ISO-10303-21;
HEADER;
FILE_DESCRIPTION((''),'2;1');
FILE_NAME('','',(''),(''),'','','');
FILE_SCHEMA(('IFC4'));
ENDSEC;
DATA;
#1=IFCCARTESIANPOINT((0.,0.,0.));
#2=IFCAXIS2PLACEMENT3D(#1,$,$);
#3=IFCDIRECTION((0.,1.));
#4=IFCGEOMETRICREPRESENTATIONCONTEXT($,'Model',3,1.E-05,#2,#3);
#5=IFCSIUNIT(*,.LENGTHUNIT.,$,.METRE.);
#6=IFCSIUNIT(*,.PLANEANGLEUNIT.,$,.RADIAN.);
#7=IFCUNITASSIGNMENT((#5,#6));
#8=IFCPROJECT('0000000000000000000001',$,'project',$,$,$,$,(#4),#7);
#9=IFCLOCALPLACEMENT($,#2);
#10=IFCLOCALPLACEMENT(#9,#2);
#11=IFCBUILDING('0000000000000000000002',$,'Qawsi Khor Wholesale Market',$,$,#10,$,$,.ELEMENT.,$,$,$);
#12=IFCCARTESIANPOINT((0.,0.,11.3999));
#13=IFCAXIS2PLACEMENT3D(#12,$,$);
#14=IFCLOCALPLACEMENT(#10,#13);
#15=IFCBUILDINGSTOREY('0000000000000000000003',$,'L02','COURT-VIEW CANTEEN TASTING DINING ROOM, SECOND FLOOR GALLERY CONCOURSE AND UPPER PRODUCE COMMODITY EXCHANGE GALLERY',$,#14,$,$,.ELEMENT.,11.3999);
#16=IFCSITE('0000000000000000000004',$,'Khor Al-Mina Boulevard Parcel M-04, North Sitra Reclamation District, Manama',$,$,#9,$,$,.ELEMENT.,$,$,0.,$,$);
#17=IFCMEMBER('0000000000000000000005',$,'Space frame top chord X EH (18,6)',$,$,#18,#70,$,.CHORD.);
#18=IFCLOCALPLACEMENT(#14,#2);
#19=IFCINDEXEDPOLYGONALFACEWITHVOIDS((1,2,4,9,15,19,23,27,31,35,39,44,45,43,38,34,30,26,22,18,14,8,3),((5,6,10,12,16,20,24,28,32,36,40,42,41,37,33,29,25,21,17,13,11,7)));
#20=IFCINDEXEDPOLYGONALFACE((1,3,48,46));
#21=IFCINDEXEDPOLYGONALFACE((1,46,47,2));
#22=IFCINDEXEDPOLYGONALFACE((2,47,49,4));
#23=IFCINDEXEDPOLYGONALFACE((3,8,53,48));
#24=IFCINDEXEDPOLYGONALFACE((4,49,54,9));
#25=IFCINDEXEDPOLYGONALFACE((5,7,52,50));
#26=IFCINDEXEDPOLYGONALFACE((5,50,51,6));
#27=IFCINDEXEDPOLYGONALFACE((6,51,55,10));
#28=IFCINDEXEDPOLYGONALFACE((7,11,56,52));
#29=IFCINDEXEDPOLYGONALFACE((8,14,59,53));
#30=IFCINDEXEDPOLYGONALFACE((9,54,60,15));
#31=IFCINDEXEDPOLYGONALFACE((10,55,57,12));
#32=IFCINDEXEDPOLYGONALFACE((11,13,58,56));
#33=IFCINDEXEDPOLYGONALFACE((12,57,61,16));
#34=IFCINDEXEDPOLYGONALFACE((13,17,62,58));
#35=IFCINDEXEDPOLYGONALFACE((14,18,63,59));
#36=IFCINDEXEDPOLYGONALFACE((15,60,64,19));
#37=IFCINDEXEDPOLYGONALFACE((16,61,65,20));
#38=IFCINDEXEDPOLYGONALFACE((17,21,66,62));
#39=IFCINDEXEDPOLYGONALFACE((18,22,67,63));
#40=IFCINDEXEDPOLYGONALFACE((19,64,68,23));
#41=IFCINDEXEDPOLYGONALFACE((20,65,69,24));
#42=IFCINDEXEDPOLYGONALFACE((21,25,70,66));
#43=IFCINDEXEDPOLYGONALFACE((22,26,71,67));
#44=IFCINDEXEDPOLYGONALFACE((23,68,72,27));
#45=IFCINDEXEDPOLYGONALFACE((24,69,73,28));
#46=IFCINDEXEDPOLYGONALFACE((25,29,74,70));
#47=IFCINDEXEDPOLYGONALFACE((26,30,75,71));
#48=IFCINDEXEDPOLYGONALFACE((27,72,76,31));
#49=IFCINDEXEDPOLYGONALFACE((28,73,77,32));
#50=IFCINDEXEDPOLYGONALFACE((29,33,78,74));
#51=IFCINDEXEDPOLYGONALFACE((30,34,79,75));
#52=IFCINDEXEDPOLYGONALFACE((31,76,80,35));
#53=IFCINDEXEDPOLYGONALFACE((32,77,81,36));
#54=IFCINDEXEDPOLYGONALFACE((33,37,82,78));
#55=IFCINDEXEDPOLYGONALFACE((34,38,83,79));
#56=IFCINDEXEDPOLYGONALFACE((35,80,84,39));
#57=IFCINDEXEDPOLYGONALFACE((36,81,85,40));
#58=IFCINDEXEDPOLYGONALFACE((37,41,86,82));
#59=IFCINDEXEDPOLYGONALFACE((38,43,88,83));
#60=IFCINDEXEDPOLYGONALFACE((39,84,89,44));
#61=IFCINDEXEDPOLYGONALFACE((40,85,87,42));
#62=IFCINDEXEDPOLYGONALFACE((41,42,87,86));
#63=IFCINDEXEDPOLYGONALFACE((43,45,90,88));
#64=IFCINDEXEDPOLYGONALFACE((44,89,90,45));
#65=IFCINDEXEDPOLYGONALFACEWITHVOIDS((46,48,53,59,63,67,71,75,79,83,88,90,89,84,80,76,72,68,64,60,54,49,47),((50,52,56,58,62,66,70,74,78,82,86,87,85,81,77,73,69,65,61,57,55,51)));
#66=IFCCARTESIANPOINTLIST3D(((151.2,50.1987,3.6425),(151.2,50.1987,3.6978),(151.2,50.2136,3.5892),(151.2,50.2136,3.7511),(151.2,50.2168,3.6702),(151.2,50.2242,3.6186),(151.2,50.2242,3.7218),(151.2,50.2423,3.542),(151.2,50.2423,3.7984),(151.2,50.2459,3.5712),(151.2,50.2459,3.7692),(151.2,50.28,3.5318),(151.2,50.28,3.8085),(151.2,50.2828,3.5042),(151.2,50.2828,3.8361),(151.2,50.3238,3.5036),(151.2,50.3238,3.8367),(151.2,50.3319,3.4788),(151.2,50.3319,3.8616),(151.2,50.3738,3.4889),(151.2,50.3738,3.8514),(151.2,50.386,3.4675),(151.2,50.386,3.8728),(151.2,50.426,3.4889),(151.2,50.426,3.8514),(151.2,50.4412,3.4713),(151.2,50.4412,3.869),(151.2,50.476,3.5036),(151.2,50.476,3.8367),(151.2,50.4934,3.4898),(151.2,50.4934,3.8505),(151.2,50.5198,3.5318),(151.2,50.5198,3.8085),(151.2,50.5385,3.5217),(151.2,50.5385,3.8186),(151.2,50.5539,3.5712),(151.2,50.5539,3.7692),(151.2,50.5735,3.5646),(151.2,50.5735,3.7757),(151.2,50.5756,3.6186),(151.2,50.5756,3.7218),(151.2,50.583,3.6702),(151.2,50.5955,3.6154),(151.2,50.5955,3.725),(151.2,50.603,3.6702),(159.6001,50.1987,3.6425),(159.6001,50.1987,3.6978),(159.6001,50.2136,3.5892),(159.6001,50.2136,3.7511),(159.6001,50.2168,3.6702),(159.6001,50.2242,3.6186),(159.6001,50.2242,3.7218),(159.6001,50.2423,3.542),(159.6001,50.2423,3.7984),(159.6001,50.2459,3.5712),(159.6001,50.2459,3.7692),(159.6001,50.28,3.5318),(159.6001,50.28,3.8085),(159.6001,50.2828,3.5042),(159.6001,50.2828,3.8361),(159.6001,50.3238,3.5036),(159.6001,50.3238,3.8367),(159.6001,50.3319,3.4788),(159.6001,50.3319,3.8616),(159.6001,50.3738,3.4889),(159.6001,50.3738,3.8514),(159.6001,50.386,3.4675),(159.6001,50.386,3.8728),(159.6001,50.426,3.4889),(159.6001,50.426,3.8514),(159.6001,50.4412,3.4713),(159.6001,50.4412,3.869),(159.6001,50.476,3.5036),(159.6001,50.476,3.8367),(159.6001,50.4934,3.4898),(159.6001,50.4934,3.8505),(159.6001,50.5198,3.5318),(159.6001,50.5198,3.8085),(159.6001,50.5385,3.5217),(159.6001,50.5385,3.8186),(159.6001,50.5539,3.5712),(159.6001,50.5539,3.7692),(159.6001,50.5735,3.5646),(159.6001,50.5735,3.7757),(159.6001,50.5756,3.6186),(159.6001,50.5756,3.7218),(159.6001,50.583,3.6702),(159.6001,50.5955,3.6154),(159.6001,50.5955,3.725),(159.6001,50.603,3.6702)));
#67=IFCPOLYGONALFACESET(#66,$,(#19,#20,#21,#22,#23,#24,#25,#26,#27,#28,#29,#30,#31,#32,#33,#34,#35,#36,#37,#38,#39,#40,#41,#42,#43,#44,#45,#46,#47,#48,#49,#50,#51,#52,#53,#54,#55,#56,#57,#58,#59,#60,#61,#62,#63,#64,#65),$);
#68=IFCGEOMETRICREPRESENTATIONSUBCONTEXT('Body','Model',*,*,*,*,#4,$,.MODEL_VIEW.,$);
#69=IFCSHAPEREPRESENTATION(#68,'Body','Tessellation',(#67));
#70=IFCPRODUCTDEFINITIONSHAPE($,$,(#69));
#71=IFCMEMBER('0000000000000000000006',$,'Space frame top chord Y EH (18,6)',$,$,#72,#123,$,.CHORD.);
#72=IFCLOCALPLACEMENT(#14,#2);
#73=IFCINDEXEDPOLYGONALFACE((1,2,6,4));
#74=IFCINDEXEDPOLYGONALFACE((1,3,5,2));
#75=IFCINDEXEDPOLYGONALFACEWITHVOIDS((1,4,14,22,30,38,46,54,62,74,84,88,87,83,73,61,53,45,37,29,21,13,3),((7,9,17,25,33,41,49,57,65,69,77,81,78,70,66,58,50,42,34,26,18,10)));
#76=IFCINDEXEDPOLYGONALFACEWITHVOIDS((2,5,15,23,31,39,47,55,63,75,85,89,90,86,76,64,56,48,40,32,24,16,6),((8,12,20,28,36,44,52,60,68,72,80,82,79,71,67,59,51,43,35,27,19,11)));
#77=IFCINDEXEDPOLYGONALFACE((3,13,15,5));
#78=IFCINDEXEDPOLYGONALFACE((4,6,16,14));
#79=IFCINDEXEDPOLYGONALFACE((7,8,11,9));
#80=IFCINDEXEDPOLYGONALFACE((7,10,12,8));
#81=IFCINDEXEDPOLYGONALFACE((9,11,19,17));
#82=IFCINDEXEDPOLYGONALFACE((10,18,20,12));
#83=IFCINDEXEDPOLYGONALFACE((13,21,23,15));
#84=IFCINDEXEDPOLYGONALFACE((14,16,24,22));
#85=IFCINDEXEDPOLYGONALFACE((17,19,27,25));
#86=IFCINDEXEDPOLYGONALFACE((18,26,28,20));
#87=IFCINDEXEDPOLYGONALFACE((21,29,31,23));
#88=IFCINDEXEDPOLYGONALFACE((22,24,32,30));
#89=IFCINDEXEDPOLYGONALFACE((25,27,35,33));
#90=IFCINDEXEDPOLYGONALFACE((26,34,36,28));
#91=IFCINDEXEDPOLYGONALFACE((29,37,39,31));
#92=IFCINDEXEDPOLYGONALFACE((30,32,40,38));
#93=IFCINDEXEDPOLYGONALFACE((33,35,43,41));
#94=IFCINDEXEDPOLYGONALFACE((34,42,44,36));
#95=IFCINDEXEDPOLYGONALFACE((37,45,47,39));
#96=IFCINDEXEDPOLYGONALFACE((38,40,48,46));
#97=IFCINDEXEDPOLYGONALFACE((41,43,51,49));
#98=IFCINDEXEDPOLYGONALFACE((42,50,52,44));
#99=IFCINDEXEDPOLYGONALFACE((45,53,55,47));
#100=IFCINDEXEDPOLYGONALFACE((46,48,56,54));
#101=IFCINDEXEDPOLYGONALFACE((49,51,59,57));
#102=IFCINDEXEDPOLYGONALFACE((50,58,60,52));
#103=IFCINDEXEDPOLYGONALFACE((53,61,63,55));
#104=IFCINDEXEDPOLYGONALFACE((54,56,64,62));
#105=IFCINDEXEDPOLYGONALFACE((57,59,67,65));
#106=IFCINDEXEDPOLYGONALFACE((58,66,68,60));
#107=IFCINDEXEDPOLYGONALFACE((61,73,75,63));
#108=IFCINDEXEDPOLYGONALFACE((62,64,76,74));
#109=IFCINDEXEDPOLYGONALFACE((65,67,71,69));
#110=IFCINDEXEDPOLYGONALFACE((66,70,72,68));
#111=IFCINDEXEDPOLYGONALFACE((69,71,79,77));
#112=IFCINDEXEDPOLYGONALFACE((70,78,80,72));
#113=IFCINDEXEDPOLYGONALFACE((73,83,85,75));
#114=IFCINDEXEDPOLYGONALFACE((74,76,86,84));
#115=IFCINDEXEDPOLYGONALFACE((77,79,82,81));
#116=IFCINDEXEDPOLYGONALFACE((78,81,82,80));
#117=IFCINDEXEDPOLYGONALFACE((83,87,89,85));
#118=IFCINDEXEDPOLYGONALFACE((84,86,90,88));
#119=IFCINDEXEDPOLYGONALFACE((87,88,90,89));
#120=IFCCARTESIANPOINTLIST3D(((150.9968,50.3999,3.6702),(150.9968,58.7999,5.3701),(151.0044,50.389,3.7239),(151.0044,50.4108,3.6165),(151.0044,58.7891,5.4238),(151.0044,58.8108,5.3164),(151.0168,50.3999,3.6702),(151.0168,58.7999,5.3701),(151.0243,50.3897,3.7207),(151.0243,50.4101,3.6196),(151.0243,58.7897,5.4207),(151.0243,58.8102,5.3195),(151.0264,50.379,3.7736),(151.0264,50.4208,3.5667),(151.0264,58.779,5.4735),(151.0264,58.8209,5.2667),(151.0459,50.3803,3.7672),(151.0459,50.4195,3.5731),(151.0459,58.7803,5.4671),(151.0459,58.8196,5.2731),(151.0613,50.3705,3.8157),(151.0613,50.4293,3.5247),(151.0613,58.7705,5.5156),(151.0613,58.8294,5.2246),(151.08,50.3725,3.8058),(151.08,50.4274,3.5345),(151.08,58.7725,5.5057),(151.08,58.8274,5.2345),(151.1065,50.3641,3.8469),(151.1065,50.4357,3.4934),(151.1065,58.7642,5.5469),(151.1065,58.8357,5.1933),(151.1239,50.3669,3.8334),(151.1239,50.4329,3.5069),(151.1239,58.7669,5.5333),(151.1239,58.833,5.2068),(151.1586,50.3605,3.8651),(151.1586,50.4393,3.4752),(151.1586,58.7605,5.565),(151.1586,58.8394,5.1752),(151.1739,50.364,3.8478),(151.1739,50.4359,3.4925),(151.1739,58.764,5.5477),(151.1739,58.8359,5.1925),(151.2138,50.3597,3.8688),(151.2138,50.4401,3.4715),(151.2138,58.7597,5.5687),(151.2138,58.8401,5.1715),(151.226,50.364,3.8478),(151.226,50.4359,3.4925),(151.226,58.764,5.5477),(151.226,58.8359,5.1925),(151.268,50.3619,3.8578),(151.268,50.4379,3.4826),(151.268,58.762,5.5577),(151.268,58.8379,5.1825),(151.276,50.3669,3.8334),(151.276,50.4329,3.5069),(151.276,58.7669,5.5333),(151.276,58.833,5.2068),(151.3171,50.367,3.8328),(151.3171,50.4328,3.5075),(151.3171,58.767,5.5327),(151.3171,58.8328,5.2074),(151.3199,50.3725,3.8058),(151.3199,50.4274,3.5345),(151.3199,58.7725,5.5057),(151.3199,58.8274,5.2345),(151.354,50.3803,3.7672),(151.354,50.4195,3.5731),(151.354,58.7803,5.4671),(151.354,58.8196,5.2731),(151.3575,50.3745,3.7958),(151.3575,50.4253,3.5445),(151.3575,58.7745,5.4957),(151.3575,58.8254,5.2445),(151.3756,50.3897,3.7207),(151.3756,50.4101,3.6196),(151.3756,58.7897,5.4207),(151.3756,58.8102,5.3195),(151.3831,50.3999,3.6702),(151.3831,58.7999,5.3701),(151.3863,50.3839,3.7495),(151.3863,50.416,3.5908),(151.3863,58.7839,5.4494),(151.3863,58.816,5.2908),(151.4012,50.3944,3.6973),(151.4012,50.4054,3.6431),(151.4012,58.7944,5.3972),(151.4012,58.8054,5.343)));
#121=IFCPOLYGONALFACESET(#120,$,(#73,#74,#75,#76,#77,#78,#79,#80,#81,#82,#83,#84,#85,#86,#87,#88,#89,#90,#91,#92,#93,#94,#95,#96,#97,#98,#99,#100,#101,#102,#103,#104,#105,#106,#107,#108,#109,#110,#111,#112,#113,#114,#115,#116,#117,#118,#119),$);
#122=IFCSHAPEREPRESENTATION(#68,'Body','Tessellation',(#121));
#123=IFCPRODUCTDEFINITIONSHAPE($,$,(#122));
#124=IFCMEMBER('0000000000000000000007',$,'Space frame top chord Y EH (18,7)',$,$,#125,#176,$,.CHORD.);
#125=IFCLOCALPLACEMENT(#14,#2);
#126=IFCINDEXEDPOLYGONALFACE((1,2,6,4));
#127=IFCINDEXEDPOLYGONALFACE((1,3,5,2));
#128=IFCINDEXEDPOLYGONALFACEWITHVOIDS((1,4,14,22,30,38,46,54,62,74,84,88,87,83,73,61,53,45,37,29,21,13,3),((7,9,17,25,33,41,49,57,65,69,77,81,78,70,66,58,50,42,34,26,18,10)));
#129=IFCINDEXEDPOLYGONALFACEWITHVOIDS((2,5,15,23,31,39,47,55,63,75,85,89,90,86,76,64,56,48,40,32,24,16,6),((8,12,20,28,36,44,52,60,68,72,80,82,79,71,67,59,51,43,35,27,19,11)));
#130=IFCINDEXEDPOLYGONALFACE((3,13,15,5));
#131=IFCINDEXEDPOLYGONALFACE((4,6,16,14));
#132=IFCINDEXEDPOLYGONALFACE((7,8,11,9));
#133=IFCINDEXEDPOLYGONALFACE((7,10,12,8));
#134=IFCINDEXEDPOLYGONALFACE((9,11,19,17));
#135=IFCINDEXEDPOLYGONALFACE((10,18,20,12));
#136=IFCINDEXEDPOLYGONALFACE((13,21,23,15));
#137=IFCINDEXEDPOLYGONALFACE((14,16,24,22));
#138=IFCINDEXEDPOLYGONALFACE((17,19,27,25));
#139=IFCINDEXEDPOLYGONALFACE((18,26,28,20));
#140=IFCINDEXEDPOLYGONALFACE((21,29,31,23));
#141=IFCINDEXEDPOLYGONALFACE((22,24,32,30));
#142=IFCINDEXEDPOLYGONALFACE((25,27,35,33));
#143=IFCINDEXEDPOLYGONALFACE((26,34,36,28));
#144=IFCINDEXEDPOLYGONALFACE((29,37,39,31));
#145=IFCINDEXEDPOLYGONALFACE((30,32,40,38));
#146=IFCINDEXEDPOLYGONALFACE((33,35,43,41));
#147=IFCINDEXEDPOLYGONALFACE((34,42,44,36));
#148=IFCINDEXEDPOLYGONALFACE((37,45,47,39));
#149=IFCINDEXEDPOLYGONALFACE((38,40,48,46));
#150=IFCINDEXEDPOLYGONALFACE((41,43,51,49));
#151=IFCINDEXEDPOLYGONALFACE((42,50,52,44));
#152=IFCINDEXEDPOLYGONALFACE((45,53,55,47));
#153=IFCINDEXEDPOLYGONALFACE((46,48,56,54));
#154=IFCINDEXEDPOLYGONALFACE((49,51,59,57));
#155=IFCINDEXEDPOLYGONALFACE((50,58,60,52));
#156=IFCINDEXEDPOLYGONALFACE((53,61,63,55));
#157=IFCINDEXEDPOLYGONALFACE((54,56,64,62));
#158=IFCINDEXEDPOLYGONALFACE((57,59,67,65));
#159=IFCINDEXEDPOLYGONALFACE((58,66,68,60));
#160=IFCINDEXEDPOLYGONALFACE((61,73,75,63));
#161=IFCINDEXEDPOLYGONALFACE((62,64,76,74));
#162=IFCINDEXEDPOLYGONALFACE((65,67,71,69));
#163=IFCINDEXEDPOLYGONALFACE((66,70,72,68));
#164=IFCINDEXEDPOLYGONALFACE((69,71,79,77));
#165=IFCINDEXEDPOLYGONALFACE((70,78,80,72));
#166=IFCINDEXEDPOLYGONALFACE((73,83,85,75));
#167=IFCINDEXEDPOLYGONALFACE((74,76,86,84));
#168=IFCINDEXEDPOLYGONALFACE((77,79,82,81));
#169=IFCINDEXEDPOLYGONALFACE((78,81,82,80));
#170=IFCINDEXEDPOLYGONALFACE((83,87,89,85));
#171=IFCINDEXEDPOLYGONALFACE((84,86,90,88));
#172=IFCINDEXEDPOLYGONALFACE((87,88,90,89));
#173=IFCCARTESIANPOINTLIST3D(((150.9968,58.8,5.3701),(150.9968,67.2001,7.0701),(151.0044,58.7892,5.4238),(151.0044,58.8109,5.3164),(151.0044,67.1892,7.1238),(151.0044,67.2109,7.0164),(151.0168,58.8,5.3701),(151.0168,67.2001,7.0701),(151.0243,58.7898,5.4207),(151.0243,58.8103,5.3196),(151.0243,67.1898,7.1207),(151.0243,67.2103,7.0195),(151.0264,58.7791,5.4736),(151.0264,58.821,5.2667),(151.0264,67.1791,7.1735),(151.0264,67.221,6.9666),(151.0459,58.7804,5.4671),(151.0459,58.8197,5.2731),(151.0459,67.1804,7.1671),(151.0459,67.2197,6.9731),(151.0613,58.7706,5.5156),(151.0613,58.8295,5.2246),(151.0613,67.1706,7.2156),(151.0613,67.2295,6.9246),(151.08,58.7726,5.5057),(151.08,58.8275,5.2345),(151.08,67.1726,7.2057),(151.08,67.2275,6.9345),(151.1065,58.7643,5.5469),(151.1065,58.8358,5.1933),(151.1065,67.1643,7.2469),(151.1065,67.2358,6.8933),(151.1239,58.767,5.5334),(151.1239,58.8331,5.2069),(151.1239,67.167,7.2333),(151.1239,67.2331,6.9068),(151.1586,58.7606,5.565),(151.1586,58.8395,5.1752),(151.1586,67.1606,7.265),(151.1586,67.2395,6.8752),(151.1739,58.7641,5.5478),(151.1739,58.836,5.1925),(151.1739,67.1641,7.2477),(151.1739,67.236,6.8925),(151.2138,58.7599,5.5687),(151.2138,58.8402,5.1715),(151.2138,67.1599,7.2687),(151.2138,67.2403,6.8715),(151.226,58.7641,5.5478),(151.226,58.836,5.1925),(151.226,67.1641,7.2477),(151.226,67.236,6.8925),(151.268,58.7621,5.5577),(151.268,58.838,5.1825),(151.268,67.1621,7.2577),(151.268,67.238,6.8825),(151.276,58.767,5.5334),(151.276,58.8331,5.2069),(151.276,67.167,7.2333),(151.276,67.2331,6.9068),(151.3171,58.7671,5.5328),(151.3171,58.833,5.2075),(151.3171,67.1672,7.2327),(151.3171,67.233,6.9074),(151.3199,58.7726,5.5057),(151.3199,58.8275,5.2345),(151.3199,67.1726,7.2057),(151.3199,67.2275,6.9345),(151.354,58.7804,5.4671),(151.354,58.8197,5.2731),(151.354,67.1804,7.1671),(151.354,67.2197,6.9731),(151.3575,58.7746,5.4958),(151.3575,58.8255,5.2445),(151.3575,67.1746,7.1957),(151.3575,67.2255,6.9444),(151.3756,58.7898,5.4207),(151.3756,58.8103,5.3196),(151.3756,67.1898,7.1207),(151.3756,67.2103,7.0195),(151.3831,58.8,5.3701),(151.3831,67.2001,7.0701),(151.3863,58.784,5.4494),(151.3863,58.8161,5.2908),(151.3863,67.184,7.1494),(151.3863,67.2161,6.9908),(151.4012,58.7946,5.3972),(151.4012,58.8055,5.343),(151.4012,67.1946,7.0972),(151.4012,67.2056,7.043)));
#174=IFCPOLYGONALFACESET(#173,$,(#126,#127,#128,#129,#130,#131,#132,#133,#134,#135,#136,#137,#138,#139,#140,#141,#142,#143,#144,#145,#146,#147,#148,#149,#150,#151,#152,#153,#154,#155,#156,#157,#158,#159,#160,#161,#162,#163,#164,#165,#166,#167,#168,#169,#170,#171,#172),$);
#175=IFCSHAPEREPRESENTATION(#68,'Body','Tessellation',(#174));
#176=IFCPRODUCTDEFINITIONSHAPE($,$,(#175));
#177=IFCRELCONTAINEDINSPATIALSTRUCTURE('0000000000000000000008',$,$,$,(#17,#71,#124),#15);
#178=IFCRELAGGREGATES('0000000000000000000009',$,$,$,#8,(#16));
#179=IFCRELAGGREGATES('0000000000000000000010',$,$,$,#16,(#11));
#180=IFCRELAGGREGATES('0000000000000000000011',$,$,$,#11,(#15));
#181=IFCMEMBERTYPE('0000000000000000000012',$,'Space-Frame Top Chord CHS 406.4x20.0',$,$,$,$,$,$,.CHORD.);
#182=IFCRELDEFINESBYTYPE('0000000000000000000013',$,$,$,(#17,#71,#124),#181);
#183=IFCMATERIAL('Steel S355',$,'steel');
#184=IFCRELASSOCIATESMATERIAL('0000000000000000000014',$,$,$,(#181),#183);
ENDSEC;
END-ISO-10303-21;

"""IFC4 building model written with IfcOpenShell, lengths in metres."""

from ifc_helpers import new_model, si_unit, direction, frame, origin, origin_2d, place, context, subcontext, project, spatial, hollow_circle, extrude, material, material_profile, profile_set, type_object, element, save


model = new_model("IFC4")

# Units and contexts
model_context = context("Model", 3, precision=1e-05, world=origin(), true_north=direction((0.0, 1.0)))
body_context = subcontext(model_context, "Body", "Model", "MODEL_VIEW")
ifc_project = project(units=[si_unit("LENGTHUNIT", "METRE"), si_unit("PLANEANGLEUNIT", "RADIAN")], contexts=[model_context])

# Site, building, storey
site_placement = place(None, origin())
site = spatial("IfcSite", under=ifc_project, at=site_placement, Name="Khor Al-Mina Boulevard Parcel M-04, North Sitra Reclamation District, Manama", CompositionType="ELEMENT", RefElevation=0.0)
building_placement = place(site_placement, origin())
building = spatial("IfcBuilding", under=site, at=building_placement, Name="Qawsi Khor Wholesale Market", CompositionType="ELEMENT")
storey_placement = place(building_placement, frame((0.0, 0.0, 11.3999)))
storey = spatial("IfcBuildingStorey", under=building, at=storey_placement, Name="L02", Description="COURT-VIEW CANTEEN TASTING DINING ROOM, SECOND FLOOR GALLERY CONCOURSE AND UPPER PRODUCE COMMODITY EXCHANGE GALLERY", CompositionType="ELEMENT", Elevation=11.3999)

# Members
ifc_material_1 = material(Name="Steel S355", Category="steel")
ifc_material_profile_1 = material_profile(ifc_material_1, hollow_circle(Radius=0.2031, WallThickness=0.02, at=origin_2d()), Name="CHS 406.4x20.0")
ifc_profile_set_1 = profile_set([ifc_material_profile_1], Name="Steel S355")
member_type_1 = type_object("IfcMemberType", Name="Space-Frame Top Chord CHS 406.4x20.0", PredefinedType="CHORD", material=ifc_profile_set_1)
member_1_placement = place(storey_placement, frame((151.2, 50.3999, 3.6702), z_axis=(1.0, 0.0, 0.0), x_axis=(0.0, 1.0, 0.0)))
element("IfcMember", 1, at=member_1_placement, inside=storey, type_object=member_type_1, Name="Space frame top chord X EH (18,6)", PredefinedType="CHORD", context=body_context, shape_type="SweptSolid", body=[
    extrude(hollow_circle(Radius=0.2031, WallThickness=0.02, at=origin_2d()), origin(), (0.0, 0.0, 1.0), 8.4001),
])
for number, where, z_axis, x_axis, name in (
    (2, (151.2, 50.3999, 3.6702), (0.0, 0.980131, 0.198351), (-1.0, 0.0, 0.0), "Space frame top chord Y EH (18,6)"),
    (3, (151.2, 58.8, 5.3701), (0.0, 0.98013, 0.198356), (-1.0, 0.0, 0.0), "Space frame top chord Y EH (18,7)"),
):
    element("IfcMember", number, at=place(storey_placement, frame(where, z_axis=z_axis, x_axis=x_axis)), inside=storey, type_object=member_type_1, Name=name, PredefinedType="CHORD", context=body_context, shape_type="SweptSolid", body=[
        extrude(hollow_circle(Radius=0.2031, WallThickness=0.02, at=origin_2d()), origin(), (0.0, 0.0, 1.0), 8.5703),
    ])

save(model, "model.ifc")
